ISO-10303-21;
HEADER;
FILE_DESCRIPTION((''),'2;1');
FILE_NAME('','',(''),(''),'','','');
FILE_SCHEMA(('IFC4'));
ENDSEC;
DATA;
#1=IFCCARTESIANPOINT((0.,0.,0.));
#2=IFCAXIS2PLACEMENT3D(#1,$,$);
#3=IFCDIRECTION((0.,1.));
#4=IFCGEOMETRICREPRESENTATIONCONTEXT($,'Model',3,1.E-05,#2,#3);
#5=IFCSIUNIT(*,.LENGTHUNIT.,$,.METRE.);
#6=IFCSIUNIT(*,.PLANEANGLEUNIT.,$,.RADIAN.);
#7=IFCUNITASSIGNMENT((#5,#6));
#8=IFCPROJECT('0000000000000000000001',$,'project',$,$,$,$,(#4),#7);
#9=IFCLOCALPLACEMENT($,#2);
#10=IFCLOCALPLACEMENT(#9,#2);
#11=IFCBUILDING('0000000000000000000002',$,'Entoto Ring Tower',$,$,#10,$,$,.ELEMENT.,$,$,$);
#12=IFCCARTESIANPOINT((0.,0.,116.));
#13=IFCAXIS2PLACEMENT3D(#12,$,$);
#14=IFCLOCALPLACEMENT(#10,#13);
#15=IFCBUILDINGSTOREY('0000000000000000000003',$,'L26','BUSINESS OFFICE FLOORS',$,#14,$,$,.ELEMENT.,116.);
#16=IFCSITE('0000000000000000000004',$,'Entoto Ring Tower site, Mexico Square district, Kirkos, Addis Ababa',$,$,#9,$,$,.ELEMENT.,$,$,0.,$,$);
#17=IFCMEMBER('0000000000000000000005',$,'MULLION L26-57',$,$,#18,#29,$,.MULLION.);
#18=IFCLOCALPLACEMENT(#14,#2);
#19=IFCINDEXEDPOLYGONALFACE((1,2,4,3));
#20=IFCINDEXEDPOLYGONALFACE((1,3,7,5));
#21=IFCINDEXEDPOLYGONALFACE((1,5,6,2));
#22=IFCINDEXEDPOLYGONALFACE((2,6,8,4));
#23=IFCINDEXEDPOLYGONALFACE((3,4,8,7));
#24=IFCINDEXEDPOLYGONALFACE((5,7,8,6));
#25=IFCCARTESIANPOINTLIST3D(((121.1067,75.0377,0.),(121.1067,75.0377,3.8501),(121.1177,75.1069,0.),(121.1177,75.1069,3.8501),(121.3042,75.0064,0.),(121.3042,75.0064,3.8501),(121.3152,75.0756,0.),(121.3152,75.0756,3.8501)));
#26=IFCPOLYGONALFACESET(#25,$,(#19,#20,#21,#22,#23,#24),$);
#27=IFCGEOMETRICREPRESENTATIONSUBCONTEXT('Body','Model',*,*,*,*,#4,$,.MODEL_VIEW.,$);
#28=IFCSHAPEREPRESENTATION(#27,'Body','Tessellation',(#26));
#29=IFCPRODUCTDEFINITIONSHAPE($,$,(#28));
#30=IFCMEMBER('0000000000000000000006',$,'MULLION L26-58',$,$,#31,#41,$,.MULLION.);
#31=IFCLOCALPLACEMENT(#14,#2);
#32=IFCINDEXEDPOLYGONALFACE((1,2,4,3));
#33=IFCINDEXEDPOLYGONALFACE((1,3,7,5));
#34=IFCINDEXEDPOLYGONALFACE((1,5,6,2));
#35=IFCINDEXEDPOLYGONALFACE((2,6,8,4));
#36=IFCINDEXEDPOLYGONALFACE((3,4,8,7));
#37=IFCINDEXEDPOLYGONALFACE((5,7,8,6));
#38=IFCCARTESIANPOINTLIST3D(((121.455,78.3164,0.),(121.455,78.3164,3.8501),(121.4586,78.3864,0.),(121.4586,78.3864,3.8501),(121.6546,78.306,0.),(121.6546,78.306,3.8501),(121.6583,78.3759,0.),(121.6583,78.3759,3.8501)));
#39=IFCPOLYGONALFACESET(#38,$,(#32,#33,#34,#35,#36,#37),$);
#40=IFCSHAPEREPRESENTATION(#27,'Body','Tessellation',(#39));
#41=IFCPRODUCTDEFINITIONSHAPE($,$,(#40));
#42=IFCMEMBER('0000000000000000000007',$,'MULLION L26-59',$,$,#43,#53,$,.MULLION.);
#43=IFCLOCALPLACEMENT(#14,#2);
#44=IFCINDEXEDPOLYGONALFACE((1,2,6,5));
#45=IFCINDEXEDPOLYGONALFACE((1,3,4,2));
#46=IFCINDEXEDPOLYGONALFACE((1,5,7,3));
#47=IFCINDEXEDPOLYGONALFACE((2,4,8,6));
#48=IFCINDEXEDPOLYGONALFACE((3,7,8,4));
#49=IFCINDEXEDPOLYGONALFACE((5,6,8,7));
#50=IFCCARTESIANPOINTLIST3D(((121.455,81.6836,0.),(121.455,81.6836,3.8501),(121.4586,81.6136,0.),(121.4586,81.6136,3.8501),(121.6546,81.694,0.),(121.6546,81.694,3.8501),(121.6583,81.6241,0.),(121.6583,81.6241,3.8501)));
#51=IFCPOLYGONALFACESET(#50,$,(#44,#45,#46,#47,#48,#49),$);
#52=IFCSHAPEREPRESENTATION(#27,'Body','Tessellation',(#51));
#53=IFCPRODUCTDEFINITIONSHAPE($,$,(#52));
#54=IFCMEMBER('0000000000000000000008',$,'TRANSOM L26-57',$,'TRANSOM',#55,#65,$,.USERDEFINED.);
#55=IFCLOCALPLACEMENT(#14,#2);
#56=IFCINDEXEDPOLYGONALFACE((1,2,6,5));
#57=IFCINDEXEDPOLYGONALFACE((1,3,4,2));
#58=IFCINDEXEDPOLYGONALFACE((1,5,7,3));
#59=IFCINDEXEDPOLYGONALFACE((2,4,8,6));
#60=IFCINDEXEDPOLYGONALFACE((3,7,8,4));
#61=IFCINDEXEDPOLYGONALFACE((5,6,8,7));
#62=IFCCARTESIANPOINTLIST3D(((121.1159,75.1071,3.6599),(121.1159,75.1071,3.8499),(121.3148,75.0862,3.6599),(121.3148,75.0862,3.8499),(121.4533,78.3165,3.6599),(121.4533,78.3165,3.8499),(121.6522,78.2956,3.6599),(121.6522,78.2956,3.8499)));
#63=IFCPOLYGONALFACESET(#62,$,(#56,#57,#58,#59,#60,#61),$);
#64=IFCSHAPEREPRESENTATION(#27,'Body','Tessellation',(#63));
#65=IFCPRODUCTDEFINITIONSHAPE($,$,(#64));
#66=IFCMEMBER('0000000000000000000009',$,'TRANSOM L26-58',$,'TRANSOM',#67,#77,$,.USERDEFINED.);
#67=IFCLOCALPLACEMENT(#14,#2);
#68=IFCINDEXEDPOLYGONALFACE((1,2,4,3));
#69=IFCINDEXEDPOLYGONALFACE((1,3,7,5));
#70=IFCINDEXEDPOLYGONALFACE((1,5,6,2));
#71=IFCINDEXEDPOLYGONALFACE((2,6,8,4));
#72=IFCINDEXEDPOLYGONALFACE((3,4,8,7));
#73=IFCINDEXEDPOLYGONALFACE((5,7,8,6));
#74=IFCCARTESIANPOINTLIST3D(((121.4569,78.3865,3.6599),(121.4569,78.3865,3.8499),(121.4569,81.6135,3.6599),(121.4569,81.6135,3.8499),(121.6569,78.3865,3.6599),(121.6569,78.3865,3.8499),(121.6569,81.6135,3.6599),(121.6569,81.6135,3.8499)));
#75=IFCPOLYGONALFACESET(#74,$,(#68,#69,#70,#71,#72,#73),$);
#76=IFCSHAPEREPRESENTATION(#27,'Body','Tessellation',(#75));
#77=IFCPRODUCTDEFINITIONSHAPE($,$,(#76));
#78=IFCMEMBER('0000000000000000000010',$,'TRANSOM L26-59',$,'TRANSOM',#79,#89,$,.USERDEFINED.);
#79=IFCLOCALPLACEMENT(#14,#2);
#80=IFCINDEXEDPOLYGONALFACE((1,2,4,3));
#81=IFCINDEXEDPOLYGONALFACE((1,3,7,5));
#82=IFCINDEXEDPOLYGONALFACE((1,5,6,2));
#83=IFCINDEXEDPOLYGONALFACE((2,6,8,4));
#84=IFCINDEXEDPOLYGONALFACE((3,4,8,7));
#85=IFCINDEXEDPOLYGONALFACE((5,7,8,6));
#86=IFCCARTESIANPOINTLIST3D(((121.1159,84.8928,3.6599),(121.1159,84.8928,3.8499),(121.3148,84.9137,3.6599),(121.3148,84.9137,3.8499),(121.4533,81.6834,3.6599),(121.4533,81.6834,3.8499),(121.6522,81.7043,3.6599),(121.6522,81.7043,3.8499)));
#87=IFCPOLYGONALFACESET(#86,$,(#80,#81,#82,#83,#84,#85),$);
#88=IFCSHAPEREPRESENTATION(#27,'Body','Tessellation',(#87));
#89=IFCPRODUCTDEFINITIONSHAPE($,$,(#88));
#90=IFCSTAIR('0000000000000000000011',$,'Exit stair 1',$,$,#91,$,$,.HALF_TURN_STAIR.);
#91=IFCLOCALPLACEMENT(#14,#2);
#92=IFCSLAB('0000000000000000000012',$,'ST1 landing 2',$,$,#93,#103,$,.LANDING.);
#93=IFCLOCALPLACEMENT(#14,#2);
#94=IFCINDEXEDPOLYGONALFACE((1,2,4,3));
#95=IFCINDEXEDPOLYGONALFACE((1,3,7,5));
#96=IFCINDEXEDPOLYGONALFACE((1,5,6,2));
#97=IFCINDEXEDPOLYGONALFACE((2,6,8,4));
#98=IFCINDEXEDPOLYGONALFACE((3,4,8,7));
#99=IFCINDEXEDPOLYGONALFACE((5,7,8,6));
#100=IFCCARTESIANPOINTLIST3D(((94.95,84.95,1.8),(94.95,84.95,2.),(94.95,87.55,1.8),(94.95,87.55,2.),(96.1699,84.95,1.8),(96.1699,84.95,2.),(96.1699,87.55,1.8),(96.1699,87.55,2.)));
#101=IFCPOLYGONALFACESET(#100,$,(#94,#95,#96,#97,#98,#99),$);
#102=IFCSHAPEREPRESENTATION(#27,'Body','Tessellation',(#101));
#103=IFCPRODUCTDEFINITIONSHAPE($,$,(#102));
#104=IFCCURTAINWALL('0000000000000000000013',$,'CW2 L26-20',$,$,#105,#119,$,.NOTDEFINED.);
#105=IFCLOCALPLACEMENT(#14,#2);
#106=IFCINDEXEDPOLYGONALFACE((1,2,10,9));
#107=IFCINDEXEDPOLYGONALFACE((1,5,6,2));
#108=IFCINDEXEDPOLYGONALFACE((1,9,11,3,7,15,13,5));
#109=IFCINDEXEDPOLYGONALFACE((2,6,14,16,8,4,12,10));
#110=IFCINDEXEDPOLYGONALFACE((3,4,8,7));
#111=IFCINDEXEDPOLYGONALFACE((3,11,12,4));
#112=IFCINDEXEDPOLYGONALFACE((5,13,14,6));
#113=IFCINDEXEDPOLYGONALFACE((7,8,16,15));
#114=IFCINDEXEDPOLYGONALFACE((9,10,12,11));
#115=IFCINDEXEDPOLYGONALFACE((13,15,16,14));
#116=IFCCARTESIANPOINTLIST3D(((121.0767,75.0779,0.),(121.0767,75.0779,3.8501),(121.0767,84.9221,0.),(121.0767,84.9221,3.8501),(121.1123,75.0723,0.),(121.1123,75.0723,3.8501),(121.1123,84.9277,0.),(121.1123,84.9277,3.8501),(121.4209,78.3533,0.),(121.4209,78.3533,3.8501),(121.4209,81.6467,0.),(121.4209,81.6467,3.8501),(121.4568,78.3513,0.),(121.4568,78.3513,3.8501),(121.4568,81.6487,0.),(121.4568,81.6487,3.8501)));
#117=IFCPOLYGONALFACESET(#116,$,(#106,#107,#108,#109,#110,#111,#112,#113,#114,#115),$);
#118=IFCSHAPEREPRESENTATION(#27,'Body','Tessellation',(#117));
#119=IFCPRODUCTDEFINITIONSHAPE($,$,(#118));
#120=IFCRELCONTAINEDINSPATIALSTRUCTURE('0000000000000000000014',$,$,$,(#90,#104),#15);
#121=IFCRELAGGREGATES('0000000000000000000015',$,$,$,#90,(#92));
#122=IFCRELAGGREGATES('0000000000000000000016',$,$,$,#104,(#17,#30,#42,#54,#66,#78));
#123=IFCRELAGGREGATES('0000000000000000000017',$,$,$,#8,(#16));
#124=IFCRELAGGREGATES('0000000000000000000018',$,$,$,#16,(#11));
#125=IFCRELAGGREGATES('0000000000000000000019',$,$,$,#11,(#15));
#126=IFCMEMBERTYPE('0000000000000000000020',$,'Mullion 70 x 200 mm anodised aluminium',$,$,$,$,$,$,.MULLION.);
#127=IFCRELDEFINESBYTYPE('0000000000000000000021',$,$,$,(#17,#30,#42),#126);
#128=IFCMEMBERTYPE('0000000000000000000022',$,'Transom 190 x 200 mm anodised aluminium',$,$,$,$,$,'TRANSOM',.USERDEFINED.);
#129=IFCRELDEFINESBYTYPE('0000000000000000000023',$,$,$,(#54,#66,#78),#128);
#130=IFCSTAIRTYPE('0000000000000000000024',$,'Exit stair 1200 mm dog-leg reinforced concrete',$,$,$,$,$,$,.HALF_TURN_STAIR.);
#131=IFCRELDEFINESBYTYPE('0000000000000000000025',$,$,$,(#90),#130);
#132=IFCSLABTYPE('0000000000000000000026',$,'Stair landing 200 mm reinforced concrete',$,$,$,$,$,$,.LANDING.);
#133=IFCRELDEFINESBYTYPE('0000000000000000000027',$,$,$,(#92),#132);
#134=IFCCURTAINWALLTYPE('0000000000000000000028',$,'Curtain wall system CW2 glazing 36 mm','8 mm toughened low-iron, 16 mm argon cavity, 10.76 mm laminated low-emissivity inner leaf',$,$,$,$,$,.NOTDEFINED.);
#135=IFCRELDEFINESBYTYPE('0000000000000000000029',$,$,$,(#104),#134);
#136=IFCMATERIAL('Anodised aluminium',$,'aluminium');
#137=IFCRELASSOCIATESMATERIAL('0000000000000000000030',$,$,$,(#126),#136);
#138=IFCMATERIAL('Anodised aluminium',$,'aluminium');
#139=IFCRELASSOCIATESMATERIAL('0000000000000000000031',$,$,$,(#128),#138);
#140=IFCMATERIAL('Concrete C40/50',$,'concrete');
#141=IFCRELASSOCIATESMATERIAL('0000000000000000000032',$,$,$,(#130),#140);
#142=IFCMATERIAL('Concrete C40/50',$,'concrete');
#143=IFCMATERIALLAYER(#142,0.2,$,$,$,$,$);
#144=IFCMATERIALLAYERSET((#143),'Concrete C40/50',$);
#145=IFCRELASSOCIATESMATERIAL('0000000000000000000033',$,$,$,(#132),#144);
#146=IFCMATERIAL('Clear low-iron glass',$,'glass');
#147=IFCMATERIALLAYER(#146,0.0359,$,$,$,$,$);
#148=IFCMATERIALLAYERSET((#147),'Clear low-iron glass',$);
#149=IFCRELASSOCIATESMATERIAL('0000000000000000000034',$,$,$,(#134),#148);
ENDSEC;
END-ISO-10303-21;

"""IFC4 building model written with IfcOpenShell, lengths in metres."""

from ifc_helpers import new_model, si_unit, direction, frame, origin, origin_2d, place, context, subcontext, project, spatial, polyline, rectangle, outline, extrude, material, layer, layer_set, material_profile, profile_set, type_object, element, aggregate, save


model = new_model("IFC4")

# Units and contexts
model_context = context("Model", 3, precision=1e-05, world=origin(), true_north=direction((0.0, 1.0)))
body_context = subcontext(model_context, "Body", "Model", "MODEL_VIEW")
ifc_project = project(units=[si_unit("LENGTHUNIT", "METRE"), si_unit("PLANEANGLEUNIT", "RADIAN")], contexts=[model_context])

# Members
ifc_material_1 = material(Name="Anodised aluminium", Category="aluminium")
ifc_material_profile_1 = material_profile(ifc_material_1, rectangle(XDim=0.0701, YDim=0.2, at=origin_2d()), Name="Mullion 70 x 200 mm anodised aluminium")
ifc_profile_set_1 = profile_set([ifc_material_profile_1], Name="Anodised aluminium")
member_type_1 = type_object("IfcMemberType", Name="Mullion 70 x 200 mm anodised aluminium", PredefinedType="MULLION", material=ifc_profile_set_1)
site_placement = place(None, origin())
building_placement = place(site_placement, origin())
storey_placement = place(building_placement, frame((0.0, 0.0, 116.0)))
member_1_placement = place(storey_placement, frame((121.2109, 75.0566, 0.0), z_axis=(0.0, 0.0, 1.0), x_axis=(0.156434, 0.987688, 0.0)))
member_1 = element("IfcMember", 1, at=member_1_placement, type_object=member_type_1, Name="MULLION L26-57", PredefinedType="MULLION", context=body_context, shape_type="SweptSolid", body=[
    extrude(rectangle(XDim=0.0701, YDim=0.2, at=origin_2d()), origin(), (0.0, 0.0, 1.0), 3.8501),
])
member_2_placement = place(storey_placement, frame((121.5566, 78.3462, 0.0), z_axis=(0.0, 0.0, 1.0), x_axis=(0.052336, 0.99863, 0.0)))
member_2 = element("IfcMember", 2, at=member_2_placement, type_object=member_type_1, Name="MULLION L26-58", PredefinedType="MULLION", context=body_context, shape_type="SweptSolid", body=[
    extrude(rectangle(XDim=0.0701, YDim=0.2, at=origin_2d()), origin(), (0.0, 0.0, 1.0), 3.8501),
])
member_3_placement = place(storey_placement, frame((121.5566, 81.6538, 0.0), z_axis=(0.0, 0.0, 1.0), x_axis=(-0.052336, 0.99863, 0.0)))
member_3 = element("IfcMember", 3, at=member_3_placement, type_object=member_type_1, Name="MULLION L26-59", PredefinedType="MULLION", context=body_context, shape_type="SweptSolid", body=[
    extrude(rectangle(XDim=0.0701, YDim=0.2, at=origin_2d()), origin(), (0.0, 0.0, 1.0), 3.8501),
])
ifc_material_2 = material(Name="Anodised aluminium", Category="aluminium")
ifc_material_profile_2 = material_profile(ifc_material_2, rectangle(XDim=0.2, YDim=0.1899, at=origin_2d()), Name="Transom 190 x 200 mm anodised aluminium")
ifc_profile_set_2 = profile_set([ifc_material_profile_2], Name="Anodised aluminium")
member_type_2 = type_object("IfcMemberType", Name="Transom 190 x 200 mm anodised aluminium", ElementType="TRANSOM", PredefinedType="USERDEFINED", material=ifc_profile_set_2)
member_4_placement = place(storey_placement, frame((121.2153, 75.0967, 3.7549), z_axis=(0.104551, 0.99452, 0.0), x_axis=(-0.99452, 0.104551, 0.0)))
member_4 = element("IfcMember", 4, at=member_4_placement, type_object=member_type_2, Name="TRANSOM L26-57", ObjectType="TRANSOM", PredefinedType="USERDEFINED", context=body_context, shape_type="SweptSolid", body=[
    extrude(rectangle(XDim=0.2, YDim=0.1899, at=origin_2d()), origin(), (0.0, 0.0, 1.0), 3.2271),
])
member_5_placement = place(storey_placement, frame((121.5569, 78.3865, 3.7549), z_axis=(0.0, 1.0, 0.0), x_axis=(-1.0, 0.0, 0.0)))
member_5 = element("IfcMember", 5, at=member_5_placement, type_object=member_type_2, Name="TRANSOM L26-58", ObjectType="TRANSOM", PredefinedType="USERDEFINED", context=body_context, shape_type="SweptSolid", body=[
    extrude(rectangle(XDim=0.2, YDim=0.1899, at=origin_2d()), origin(), (0.0, 0.0, 1.0), 3.2271),
])
member_6_placement = place(storey_placement, frame((121.5527, 81.6938, 3.7549), z_axis=(-0.104551, 0.99452, 0.0), x_axis=(-0.99452, -0.104551, 0.0)))
member_6 = element("IfcMember", 6, at=member_6_placement, type_object=member_type_2, Name="TRANSOM L26-59", ObjectType="TRANSOM", PredefinedType="USERDEFINED", context=body_context, shape_type="SweptSolid", body=[
    extrude(rectangle(XDim=0.2, YDim=0.1899, at=origin_2d()), origin(), (0.0, 0.0, 1.0), 3.2271),
])

# Site, building, storey
site = spatial("IfcSite", under=ifc_project, at=site_placement, Name="Entoto Ring Tower site, Mexico Square district, Kirkos, Addis Ababa", CompositionType="ELEMENT", RefElevation=0.0)
building = spatial("IfcBuilding", under=site, at=building_placement, Name="Entoto Ring Tower", CompositionType="ELEMENT")
storey = spatial("IfcBuildingStorey", under=building, at=storey_placement, Name="L26", Description="BUSINESS OFFICE FLOORS", CompositionType="ELEMENT", Elevation=116.0)

# Stair, slab
ifc_material_3 = material(Name="Concrete C40/50", Category="concrete")
stair_type = type_object("IfcStairType", Name="Exit stair 1200 mm dog-leg reinforced concrete", PredefinedType="HALF_TURN_STAIR", material=ifc_material_3)
stair_placement = place(storey_placement, origin())
stair = element("IfcStair", 7, at=stair_placement, inside=storey, type_object=stair_type, Name="Exit stair 1", PredefinedType="HALF_TURN_STAIR")
ifc_material_4 = material(Name="Concrete C40/50", Category="concrete")
ifc_layer_1 = layer(ifc_material_4, 0.2)
ifc_layer_set_1 = layer_set([ifc_layer_1], Name="Concrete C40/50")
slab_type = type_object("IfcSlabType", Name="Stair landing 200 mm reinforced concrete", PredefinedType="LANDING", material=ifc_layer_set_1)
slab_placement = place(storey_placement, frame((0.0, 0.0, 1.8)))
slab = element("IfcSlab", 8, at=slab_placement, type_object=slab_type, Name="ST1 landing 2", PredefinedType="LANDING", context=body_context, shape_type="SweptSolid", body=[
    extrude(outline(polyline([(94.95, 84.95), (96.1699, 84.95), (96.1699, 87.55), (94.95, 87.55), (94.95, 84.95)])), origin(), (0.0, 0.0, 1.0), 0.2),
])
aggregate(stair, [slab])

# Curtain wall
ifc_material_5 = material(Name="Clear low-iron glass", Category="glass")
ifc_layer_2 = layer(ifc_material_5, 0.0359)
ifc_layer_set_2 = layer_set([ifc_layer_2], Name="Clear low-iron glass")
curtain_wall_type = type_object("IfcCurtainWallType", Name="Curtain wall system CW2 glazing 36 mm", Description="8 mm toughened low-iron, 16 mm argon cavity, 10.76 mm laminated low-emissivity inner leaf", PredefinedType="NOTDEFINED", material=ifc_layer_set_2)
curtain_wall_1_placement = place(storey_placement, origin())
curtain_wall_1 = element("IfcCurtainWall", 9, at=curtain_wall_1_placement, inside=storey, type_object=curtain_wall_type, Name="CW2 L26-20", PredefinedType="NOTDEFINED", context=body_context, shape_type="SweptSolid", body=[
    extrude(outline(polyline([(121.1123, 75.0723), (121.4568, 78.3513), (121.4568, 81.6487), (121.1123, 84.9277), (121.0767, 84.9221), (121.4209, 81.6467), (121.4209, 78.3533), (121.0767, 75.0779), (121.1123, 75.0723)])), origin(), (0.0, 0.0, 1.0), 3.8501),
])
aggregate(curtain_wall_1, [member_1, member_2, member_3, member_4, member_5, member_6])

save(model, "model.ifc")
